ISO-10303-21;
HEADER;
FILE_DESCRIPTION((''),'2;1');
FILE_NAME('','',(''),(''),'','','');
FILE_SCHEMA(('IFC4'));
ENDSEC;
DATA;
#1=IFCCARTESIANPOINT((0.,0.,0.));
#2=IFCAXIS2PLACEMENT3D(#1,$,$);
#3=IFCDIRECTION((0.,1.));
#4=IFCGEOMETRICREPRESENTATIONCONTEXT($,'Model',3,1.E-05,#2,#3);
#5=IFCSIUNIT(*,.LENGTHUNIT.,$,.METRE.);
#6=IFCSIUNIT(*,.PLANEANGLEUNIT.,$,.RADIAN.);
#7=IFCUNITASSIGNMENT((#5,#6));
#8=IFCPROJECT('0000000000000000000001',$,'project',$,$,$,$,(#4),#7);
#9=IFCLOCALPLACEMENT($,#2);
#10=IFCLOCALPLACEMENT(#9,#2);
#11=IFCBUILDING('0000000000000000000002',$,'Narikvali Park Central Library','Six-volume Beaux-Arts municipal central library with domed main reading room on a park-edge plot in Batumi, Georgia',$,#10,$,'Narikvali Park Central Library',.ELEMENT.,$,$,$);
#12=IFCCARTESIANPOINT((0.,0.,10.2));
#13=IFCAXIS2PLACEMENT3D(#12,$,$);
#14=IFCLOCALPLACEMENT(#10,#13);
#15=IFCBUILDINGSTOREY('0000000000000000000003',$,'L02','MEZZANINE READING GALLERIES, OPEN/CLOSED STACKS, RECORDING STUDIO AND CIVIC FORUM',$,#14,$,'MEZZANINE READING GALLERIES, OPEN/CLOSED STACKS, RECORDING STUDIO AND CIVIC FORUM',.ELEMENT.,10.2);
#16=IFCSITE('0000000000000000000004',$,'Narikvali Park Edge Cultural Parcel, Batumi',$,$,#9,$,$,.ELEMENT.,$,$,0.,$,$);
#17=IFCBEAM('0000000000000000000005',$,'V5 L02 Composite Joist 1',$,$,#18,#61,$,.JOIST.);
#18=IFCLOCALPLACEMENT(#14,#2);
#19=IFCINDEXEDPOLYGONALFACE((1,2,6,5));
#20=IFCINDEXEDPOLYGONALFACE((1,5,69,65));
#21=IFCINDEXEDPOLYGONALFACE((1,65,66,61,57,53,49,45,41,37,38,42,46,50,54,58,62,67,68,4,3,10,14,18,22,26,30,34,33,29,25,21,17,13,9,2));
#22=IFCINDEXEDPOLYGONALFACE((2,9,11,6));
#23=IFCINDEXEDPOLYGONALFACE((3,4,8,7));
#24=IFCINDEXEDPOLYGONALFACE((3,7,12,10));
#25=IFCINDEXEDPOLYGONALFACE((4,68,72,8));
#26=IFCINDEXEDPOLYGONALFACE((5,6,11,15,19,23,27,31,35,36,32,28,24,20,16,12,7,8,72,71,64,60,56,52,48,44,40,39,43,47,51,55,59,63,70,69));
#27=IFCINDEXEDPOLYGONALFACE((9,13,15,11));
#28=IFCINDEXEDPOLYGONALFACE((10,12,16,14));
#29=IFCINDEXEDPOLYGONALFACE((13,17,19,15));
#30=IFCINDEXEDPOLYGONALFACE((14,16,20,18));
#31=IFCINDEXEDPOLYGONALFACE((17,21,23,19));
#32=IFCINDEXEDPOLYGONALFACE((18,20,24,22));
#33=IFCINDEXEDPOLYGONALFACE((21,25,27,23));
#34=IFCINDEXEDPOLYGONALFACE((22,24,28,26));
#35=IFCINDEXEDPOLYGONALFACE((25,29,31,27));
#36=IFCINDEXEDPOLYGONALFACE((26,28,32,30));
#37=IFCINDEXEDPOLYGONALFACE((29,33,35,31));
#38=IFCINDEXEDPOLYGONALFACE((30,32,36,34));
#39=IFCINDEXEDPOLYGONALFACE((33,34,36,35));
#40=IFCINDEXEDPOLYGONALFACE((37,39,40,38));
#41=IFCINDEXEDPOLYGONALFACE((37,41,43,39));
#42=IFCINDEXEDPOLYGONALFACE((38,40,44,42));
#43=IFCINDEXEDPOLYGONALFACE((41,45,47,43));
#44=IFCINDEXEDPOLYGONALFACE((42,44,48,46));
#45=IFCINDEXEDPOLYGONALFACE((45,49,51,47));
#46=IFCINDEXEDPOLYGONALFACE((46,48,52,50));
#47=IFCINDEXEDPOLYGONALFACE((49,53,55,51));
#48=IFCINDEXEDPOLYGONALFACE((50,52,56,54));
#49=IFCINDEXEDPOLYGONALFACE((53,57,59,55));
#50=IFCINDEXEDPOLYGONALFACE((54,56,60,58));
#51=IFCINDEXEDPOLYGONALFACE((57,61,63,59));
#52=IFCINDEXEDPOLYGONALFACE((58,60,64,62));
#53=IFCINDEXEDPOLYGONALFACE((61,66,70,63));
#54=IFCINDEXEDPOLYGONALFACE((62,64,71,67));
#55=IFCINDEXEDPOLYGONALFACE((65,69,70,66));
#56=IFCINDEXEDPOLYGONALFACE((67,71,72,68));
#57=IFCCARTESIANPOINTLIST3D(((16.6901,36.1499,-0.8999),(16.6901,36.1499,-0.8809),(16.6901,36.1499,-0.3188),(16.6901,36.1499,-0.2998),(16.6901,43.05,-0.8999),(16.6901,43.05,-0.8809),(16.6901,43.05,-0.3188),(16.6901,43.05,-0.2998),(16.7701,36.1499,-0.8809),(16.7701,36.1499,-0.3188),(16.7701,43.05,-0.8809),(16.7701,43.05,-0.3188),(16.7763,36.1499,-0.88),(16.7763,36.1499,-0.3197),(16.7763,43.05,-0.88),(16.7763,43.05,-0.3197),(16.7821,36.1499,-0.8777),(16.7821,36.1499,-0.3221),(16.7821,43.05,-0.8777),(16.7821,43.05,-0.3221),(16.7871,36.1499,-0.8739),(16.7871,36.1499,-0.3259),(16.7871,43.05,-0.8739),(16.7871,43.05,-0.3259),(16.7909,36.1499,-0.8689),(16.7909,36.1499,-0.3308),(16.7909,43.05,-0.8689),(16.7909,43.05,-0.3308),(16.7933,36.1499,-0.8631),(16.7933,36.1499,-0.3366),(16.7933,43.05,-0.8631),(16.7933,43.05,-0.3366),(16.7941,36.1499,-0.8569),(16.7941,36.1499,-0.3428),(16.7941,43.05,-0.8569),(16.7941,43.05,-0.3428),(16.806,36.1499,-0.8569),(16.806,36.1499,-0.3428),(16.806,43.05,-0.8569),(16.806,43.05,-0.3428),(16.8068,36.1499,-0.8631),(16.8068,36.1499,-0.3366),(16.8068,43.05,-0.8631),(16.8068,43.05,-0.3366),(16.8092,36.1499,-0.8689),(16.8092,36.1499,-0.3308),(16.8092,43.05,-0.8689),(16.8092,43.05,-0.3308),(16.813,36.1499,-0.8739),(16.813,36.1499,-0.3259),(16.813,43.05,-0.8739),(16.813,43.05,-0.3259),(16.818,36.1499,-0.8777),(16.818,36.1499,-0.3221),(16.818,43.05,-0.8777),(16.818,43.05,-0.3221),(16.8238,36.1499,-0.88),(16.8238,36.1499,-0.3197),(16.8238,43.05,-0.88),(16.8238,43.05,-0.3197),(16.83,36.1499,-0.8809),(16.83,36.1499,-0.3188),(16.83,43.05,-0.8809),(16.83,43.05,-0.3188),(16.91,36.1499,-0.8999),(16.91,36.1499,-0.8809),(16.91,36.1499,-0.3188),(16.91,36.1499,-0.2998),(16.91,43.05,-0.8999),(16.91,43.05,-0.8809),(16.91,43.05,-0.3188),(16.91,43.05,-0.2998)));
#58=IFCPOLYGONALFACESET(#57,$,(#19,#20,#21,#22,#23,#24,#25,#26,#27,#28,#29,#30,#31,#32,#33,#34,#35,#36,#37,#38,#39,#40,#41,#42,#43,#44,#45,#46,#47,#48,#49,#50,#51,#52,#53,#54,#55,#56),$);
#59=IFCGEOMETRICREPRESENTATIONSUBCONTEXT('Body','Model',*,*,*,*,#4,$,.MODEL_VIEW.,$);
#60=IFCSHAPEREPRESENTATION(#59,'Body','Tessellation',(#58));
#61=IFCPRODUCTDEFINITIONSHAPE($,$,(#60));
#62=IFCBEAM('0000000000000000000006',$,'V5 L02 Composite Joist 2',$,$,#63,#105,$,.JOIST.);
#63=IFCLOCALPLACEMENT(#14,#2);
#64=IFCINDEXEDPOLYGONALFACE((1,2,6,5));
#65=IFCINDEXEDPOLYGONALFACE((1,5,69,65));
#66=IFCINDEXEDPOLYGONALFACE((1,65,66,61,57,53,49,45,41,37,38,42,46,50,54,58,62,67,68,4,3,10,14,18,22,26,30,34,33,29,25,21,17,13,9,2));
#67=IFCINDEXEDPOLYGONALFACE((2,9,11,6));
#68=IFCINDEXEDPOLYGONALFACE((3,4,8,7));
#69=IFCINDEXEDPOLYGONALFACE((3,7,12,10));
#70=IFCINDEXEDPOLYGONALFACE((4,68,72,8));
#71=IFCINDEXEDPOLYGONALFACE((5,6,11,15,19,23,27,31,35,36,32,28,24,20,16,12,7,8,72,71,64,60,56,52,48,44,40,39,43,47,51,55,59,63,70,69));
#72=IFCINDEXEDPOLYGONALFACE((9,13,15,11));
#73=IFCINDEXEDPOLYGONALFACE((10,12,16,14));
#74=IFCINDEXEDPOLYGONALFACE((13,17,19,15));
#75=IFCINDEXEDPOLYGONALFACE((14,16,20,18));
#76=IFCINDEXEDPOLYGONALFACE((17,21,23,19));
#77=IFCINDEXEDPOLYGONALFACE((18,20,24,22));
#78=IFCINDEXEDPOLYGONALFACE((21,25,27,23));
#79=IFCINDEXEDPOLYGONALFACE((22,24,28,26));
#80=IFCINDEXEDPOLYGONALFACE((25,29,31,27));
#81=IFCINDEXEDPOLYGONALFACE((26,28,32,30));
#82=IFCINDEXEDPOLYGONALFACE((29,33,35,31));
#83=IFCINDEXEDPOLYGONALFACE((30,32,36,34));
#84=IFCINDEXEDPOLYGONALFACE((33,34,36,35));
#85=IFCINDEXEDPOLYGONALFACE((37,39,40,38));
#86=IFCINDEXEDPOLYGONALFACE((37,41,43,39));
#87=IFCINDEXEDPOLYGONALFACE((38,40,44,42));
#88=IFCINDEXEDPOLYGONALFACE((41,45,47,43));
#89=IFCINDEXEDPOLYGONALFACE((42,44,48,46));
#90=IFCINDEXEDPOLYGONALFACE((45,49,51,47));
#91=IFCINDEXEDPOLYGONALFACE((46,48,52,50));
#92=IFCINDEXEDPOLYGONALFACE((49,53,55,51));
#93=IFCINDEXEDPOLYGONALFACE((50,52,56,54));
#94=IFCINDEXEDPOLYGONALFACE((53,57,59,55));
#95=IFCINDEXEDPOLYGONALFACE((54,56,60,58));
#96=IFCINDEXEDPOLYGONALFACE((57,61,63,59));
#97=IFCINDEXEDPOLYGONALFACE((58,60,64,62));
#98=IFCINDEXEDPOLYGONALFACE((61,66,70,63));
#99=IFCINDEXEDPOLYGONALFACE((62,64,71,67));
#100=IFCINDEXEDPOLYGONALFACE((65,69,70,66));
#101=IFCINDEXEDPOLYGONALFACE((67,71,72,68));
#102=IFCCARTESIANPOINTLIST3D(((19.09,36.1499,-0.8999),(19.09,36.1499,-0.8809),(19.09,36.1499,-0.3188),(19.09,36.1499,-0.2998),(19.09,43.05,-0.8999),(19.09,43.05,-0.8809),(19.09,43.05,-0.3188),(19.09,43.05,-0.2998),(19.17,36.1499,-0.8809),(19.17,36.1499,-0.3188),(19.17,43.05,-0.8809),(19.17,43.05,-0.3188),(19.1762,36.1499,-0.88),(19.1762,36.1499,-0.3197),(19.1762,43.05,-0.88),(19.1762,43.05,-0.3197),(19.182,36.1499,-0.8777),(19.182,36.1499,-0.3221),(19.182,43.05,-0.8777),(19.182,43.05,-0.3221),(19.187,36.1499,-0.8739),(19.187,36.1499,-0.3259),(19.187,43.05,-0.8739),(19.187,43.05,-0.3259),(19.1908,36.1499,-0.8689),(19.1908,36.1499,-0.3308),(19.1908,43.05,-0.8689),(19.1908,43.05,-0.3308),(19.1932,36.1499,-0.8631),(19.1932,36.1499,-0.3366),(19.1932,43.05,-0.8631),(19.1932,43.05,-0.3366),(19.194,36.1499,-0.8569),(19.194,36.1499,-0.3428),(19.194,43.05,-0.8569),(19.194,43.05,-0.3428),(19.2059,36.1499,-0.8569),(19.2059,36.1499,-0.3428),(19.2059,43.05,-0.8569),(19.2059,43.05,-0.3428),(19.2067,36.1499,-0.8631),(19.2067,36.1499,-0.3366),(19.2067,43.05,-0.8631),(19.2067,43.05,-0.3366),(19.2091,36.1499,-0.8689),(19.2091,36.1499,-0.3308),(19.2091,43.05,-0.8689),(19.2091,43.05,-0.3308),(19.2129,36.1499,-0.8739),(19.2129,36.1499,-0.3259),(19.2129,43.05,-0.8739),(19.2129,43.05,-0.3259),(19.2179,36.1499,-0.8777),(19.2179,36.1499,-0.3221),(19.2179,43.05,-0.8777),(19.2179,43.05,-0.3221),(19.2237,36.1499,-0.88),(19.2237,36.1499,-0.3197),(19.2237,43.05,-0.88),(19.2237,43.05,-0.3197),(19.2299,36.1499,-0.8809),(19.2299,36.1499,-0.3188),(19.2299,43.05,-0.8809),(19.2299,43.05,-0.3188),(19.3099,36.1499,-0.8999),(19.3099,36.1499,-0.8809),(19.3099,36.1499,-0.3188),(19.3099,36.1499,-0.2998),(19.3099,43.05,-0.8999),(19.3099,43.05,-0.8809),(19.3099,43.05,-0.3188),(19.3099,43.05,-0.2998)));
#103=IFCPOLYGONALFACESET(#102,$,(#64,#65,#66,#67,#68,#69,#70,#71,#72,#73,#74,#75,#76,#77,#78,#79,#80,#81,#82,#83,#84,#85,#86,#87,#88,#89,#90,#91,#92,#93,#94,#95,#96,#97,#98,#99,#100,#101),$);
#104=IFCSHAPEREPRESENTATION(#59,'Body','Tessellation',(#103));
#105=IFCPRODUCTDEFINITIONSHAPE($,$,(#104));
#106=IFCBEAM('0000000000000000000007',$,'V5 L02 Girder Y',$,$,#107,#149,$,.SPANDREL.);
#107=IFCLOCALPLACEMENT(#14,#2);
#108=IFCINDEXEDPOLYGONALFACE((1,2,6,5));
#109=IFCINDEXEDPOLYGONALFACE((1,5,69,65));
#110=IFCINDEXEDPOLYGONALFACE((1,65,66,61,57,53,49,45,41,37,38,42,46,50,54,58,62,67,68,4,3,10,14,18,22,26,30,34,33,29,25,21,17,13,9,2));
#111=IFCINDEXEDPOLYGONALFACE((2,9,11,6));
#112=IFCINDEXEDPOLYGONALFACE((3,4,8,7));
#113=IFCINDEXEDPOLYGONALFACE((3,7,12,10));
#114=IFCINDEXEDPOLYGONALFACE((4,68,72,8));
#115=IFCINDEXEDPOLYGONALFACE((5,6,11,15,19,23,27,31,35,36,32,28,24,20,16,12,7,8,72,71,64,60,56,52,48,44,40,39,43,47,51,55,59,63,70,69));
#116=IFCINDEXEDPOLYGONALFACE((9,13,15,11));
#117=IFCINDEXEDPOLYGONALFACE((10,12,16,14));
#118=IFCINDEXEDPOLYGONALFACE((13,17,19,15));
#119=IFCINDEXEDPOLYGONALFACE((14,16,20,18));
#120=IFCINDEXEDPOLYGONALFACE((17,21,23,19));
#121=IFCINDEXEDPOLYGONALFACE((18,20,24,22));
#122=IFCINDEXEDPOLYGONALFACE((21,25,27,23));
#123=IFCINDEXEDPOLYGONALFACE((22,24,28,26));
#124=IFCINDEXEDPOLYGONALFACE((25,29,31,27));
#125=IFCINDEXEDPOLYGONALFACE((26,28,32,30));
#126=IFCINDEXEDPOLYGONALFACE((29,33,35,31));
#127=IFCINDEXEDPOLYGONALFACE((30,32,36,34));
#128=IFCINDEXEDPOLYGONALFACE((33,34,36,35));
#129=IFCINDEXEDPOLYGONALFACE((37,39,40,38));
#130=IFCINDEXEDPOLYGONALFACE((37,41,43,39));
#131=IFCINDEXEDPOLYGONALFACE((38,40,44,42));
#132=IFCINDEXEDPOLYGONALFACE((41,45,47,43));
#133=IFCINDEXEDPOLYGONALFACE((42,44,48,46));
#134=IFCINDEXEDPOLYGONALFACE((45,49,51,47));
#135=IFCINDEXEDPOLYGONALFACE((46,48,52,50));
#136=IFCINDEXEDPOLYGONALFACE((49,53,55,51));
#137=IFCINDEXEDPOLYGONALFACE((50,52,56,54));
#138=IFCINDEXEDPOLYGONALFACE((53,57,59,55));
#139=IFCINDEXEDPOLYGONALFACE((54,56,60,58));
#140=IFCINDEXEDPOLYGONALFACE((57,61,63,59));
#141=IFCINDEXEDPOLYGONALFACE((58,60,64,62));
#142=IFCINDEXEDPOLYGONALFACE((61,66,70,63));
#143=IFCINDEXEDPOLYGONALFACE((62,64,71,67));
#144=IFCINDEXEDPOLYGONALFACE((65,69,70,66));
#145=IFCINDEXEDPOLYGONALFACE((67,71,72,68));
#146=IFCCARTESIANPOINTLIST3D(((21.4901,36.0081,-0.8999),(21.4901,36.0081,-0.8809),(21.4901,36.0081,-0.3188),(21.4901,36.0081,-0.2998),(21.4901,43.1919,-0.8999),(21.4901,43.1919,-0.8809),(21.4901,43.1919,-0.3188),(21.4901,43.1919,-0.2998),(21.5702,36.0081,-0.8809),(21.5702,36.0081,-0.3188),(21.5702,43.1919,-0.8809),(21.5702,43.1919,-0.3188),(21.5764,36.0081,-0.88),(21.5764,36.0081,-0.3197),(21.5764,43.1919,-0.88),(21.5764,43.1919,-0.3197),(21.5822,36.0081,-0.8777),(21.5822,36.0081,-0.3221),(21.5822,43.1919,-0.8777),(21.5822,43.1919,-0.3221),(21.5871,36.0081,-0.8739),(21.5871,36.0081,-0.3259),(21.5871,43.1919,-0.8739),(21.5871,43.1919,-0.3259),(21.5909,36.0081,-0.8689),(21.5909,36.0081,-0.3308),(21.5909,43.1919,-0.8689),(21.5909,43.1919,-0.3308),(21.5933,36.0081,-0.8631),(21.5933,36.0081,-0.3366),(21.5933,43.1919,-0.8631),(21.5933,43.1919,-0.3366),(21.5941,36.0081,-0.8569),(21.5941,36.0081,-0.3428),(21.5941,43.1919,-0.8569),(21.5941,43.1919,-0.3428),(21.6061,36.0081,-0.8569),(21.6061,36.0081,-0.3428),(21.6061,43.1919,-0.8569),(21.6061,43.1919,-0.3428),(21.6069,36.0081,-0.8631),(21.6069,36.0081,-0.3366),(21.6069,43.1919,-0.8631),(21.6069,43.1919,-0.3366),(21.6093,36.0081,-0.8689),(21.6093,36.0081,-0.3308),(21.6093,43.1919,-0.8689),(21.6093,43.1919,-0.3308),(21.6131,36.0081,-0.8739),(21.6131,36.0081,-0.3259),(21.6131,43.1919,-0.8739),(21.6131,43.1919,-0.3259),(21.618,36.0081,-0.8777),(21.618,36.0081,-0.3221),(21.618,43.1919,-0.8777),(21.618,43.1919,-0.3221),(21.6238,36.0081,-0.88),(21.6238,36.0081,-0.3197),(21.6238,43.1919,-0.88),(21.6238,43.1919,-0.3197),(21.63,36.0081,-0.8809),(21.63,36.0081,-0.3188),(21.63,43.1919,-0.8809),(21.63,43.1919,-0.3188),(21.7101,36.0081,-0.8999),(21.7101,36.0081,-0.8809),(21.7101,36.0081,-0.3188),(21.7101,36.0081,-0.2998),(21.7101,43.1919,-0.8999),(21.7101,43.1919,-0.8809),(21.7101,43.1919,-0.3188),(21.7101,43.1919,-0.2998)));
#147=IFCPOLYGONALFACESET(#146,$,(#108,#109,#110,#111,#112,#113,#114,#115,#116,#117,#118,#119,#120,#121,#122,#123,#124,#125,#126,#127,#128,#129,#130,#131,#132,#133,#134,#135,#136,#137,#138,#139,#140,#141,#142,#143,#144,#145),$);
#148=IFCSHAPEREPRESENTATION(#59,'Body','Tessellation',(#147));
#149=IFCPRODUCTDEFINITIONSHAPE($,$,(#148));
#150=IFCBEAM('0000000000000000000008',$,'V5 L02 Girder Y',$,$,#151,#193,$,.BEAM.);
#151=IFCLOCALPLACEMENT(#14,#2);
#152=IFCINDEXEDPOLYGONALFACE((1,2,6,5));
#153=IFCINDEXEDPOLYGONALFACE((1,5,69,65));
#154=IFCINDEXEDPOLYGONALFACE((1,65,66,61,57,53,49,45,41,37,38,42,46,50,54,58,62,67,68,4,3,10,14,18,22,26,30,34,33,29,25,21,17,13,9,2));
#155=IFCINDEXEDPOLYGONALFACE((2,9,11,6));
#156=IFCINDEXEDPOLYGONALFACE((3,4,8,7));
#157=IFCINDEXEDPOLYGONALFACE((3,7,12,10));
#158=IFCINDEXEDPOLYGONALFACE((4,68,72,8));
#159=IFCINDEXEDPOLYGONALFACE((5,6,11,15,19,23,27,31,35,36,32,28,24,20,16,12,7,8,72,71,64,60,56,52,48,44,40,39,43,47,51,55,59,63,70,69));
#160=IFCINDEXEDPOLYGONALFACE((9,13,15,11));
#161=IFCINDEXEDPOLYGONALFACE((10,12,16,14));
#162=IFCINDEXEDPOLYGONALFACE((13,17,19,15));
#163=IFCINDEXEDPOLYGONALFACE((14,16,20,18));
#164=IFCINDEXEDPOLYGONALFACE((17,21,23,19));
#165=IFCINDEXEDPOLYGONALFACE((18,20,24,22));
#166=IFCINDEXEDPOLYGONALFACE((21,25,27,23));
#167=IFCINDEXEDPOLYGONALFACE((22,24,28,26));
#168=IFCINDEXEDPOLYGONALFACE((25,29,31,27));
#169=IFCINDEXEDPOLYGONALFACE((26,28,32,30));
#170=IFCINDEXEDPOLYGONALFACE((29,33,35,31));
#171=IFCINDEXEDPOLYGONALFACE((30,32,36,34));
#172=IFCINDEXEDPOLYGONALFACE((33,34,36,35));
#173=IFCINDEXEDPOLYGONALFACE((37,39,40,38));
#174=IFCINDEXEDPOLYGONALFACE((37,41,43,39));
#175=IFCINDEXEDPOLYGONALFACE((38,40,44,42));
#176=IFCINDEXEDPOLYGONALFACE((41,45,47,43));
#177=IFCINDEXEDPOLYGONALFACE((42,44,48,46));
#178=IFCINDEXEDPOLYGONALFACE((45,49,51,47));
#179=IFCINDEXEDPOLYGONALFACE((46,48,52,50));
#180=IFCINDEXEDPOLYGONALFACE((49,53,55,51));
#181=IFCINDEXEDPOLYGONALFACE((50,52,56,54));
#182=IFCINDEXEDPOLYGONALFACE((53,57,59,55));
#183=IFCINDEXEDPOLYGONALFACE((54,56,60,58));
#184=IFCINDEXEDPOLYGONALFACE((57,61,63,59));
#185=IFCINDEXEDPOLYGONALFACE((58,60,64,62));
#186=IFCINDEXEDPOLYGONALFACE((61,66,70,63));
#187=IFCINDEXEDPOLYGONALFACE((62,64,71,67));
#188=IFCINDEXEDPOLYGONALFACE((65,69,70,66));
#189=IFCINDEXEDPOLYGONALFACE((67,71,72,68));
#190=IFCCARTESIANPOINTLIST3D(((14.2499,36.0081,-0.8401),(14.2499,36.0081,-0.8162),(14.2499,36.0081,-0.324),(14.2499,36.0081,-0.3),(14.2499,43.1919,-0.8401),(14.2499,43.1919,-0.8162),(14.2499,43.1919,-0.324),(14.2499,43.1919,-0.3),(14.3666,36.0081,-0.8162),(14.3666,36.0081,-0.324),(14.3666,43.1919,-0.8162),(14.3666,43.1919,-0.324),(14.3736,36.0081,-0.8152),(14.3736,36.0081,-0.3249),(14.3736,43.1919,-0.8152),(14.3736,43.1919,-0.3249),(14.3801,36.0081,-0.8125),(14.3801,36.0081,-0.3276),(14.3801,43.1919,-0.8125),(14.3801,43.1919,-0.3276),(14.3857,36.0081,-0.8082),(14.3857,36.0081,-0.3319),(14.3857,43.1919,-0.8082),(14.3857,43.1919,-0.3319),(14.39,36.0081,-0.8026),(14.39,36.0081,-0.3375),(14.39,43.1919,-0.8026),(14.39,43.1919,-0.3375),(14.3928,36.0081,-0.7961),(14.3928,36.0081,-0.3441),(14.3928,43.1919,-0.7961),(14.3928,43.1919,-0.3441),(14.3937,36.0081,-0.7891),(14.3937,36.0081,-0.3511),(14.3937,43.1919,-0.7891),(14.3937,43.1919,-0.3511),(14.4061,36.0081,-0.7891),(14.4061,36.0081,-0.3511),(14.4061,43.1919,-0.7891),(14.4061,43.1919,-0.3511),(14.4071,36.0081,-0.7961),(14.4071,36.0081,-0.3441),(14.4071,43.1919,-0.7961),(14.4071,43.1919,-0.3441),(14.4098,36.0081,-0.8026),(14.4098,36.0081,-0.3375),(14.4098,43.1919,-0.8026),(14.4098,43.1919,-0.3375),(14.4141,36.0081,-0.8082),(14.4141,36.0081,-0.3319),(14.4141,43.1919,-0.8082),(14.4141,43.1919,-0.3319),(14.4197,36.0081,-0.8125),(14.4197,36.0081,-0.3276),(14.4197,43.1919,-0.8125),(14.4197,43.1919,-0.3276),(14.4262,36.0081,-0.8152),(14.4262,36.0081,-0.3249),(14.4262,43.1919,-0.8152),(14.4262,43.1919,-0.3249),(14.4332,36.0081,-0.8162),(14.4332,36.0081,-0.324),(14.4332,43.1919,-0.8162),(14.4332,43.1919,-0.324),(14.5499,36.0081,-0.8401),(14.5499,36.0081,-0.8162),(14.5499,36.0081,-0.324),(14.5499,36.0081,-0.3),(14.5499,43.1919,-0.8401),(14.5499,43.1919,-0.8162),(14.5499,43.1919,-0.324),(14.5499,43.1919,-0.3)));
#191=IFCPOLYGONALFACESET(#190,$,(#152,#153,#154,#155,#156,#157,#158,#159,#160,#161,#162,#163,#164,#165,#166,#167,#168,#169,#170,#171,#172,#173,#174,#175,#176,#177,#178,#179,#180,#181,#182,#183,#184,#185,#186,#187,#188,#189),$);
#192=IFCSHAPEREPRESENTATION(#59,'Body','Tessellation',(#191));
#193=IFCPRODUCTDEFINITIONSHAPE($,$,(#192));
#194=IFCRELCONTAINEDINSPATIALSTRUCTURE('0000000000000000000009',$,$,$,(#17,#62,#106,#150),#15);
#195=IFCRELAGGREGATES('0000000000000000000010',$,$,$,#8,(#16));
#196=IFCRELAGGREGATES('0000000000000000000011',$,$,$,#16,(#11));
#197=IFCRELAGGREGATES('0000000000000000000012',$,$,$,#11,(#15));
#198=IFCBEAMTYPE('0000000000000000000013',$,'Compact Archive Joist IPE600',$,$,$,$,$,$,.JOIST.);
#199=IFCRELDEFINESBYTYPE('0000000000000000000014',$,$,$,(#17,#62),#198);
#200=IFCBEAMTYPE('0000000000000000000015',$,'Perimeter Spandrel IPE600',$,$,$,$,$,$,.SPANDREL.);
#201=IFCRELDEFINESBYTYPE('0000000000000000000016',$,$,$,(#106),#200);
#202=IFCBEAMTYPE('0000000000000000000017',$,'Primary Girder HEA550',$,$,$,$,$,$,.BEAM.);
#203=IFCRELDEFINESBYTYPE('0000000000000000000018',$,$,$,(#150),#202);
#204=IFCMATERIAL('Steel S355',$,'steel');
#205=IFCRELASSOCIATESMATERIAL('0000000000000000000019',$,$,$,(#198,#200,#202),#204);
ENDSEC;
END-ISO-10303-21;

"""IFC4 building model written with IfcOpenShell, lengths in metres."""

from ifc_helpers import new_model, si_unit, direction, frame, origin, origin_2d, place, context, subcontext, project, spatial, i_section, extrude, material, material_profile, profile_set, type_object, element, save


model = new_model("IFC4")

# Units and contexts
model_context = context("Model", 3, precision=1e-05, world=origin(), true_north=direction((0.0, 1.0)))
body_context = subcontext(model_context, "Body", "Model", "MODEL_VIEW")
ifc_project = project(units=[si_unit("LENGTHUNIT", "METRE"), si_unit("PLANEANGLEUNIT", "RADIAN")], contexts=[model_context])

# Site, building, storey
site_placement = place(None, origin())
site = spatial("IfcSite", under=ifc_project, at=site_placement, Name="Narikvali Park Edge Cultural Parcel, Batumi", CompositionType="ELEMENT", RefElevation=0.0)
building_placement = place(site_placement, origin())
building = spatial("IfcBuilding", under=site, at=building_placement, Name="Narikvali Park Central Library", Description="Six-volume Beaux-Arts municipal central library with domed main reading room on a park-edge plot in Batumi, Georgia", LongName="Narikvali Park Central Library", CompositionType="ELEMENT")
storey_placement = place(building_placement, frame((0.0, 0.0, 10.2)))
storey = spatial("IfcBuildingStorey", under=building, at=storey_placement, Name="L02", Description="MEZZANINE READING GALLERIES, OPEN/CLOSED STACKS, RECORDING STUDIO AND CIVIC FORUM", LongName="MEZZANINE READING GALLERIES, OPEN/CLOSED STACKS, RECORDING STUDIO AND CIVIC FORUM", CompositionType="ELEMENT", Elevation=10.2)

# Shared definitions
ifc_material_1 = material(Name="Steel S355", Category="steel")

# Beams
ifc_material_profile_1 = material_profile(ifc_material_1, i_section(OverallWidth=0.22, OverallDepth=0.6001, WebThickness=0.012, FlangeThickness=0.019, FilletRadius=0.0239, at=origin_2d()), Name="IPE 600")
ifc_profile_set_1 = profile_set([ifc_material_profile_1], Name="Steel S355")
beam_type_1 = type_object("IfcBeamType", Name="Compact Archive Joist IPE600", PredefinedType="JOIST", material=ifc_profile_set_1)
for number, where, z_axis, x_axis, name in (
    (1, (16.8, 36.1499, -0.5999), (0.0, 1.0, 0.0), (-1.0, 0.0, 0.0), "V5 L02 Composite Joist 1"),
    (2, (19.2, 36.1499, -0.5999), (0.0, 1.0, 0.0), (-1.0, 0.0, 0.0), "V5 L02 Composite Joist 2"),
):
    element("IfcBeam", number, at=place(storey_placement, frame(where, z_axis=z_axis, x_axis=x_axis)), inside=storey, type_object=beam_type_1, Name=name, PredefinedType="JOIST", context=body_context, shape_type="SweptSolid", body=[
        extrude(i_section(OverallWidth=0.22, OverallDepth=0.6001, WebThickness=0.012, FlangeThickness=0.019, FilletRadius=0.0239, at=origin_2d()), origin(), (0.0, 0.0, 1.0), 6.9001),
    ])
ifc_material_profile_2 = material_profile(ifc_material_1, i_section(OverallWidth=0.22, OverallDepth=0.6001, WebThickness=0.012, FlangeThickness=0.019, FilletRadius=0.0239, at=origin_2d()), Name="IPE 600")
ifc_profile_set_2 = profile_set([ifc_material_profile_2], Name="Steel S355")
beam_type_2 = type_object("IfcBeamType", Name="Perimeter Spandrel IPE600", PredefinedType="SPANDREL", material=ifc_profile_set_2)
beam_1_placement = place(storey_placement, frame((21.6001, 36.0081, -0.5999), z_axis=(0.0, 1.0, 0.0), x_axis=(-1.0, 0.0, 0.0)))
element("IfcBeam", 3, at=beam_1_placement, inside=storey, type_object=beam_type_2, Name="V5 L02 Girder Y", PredefinedType="SPANDREL", context=body_context, shape_type="SweptSolid", body=[
    extrude(i_section(OverallWidth=0.22, OverallDepth=0.6001, WebThickness=0.012, FlangeThickness=0.019, FilletRadius=0.0239, at=origin_2d()), origin(), (0.0, 0.0, 1.0), 7.1838),
])
ifc_material_profile_3 = material_profile(ifc_material_1, i_section(OverallWidth=0.3, OverallDepth=0.54, WebThickness=0.0125, FlangeThickness=0.0239, FilletRadius=0.0271, at=origin_2d()), Name="HEA 550")
ifc_profile_set_3 = profile_set([ifc_material_profile_3], Name="Steel S355")
beam_type_3 = type_object("IfcBeamType", Name="Primary Girder HEA550", PredefinedType="BEAM", material=ifc_profile_set_3)
beam_2_placement = place(storey_placement, frame((14.3999, 36.0081, -0.5701), z_axis=(0.0, 1.0, 0.0), x_axis=(-1.0, 0.0, 0.0)))
element("IfcBeam", 4, at=beam_2_placement, inside=storey, type_object=beam_type_3, Name="V5 L02 Girder Y", PredefinedType="BEAM", context=body_context, shape_type="SweptSolid", body=[
    extrude(i_section(OverallWidth=0.3, OverallDepth=0.54, WebThickness=0.0125, FlangeThickness=0.0239, FilletRadius=0.0271, at=origin_2d()), origin(), (0.0, 0.0, 1.0), 7.1838),
])

save(model, "model.ifc")
